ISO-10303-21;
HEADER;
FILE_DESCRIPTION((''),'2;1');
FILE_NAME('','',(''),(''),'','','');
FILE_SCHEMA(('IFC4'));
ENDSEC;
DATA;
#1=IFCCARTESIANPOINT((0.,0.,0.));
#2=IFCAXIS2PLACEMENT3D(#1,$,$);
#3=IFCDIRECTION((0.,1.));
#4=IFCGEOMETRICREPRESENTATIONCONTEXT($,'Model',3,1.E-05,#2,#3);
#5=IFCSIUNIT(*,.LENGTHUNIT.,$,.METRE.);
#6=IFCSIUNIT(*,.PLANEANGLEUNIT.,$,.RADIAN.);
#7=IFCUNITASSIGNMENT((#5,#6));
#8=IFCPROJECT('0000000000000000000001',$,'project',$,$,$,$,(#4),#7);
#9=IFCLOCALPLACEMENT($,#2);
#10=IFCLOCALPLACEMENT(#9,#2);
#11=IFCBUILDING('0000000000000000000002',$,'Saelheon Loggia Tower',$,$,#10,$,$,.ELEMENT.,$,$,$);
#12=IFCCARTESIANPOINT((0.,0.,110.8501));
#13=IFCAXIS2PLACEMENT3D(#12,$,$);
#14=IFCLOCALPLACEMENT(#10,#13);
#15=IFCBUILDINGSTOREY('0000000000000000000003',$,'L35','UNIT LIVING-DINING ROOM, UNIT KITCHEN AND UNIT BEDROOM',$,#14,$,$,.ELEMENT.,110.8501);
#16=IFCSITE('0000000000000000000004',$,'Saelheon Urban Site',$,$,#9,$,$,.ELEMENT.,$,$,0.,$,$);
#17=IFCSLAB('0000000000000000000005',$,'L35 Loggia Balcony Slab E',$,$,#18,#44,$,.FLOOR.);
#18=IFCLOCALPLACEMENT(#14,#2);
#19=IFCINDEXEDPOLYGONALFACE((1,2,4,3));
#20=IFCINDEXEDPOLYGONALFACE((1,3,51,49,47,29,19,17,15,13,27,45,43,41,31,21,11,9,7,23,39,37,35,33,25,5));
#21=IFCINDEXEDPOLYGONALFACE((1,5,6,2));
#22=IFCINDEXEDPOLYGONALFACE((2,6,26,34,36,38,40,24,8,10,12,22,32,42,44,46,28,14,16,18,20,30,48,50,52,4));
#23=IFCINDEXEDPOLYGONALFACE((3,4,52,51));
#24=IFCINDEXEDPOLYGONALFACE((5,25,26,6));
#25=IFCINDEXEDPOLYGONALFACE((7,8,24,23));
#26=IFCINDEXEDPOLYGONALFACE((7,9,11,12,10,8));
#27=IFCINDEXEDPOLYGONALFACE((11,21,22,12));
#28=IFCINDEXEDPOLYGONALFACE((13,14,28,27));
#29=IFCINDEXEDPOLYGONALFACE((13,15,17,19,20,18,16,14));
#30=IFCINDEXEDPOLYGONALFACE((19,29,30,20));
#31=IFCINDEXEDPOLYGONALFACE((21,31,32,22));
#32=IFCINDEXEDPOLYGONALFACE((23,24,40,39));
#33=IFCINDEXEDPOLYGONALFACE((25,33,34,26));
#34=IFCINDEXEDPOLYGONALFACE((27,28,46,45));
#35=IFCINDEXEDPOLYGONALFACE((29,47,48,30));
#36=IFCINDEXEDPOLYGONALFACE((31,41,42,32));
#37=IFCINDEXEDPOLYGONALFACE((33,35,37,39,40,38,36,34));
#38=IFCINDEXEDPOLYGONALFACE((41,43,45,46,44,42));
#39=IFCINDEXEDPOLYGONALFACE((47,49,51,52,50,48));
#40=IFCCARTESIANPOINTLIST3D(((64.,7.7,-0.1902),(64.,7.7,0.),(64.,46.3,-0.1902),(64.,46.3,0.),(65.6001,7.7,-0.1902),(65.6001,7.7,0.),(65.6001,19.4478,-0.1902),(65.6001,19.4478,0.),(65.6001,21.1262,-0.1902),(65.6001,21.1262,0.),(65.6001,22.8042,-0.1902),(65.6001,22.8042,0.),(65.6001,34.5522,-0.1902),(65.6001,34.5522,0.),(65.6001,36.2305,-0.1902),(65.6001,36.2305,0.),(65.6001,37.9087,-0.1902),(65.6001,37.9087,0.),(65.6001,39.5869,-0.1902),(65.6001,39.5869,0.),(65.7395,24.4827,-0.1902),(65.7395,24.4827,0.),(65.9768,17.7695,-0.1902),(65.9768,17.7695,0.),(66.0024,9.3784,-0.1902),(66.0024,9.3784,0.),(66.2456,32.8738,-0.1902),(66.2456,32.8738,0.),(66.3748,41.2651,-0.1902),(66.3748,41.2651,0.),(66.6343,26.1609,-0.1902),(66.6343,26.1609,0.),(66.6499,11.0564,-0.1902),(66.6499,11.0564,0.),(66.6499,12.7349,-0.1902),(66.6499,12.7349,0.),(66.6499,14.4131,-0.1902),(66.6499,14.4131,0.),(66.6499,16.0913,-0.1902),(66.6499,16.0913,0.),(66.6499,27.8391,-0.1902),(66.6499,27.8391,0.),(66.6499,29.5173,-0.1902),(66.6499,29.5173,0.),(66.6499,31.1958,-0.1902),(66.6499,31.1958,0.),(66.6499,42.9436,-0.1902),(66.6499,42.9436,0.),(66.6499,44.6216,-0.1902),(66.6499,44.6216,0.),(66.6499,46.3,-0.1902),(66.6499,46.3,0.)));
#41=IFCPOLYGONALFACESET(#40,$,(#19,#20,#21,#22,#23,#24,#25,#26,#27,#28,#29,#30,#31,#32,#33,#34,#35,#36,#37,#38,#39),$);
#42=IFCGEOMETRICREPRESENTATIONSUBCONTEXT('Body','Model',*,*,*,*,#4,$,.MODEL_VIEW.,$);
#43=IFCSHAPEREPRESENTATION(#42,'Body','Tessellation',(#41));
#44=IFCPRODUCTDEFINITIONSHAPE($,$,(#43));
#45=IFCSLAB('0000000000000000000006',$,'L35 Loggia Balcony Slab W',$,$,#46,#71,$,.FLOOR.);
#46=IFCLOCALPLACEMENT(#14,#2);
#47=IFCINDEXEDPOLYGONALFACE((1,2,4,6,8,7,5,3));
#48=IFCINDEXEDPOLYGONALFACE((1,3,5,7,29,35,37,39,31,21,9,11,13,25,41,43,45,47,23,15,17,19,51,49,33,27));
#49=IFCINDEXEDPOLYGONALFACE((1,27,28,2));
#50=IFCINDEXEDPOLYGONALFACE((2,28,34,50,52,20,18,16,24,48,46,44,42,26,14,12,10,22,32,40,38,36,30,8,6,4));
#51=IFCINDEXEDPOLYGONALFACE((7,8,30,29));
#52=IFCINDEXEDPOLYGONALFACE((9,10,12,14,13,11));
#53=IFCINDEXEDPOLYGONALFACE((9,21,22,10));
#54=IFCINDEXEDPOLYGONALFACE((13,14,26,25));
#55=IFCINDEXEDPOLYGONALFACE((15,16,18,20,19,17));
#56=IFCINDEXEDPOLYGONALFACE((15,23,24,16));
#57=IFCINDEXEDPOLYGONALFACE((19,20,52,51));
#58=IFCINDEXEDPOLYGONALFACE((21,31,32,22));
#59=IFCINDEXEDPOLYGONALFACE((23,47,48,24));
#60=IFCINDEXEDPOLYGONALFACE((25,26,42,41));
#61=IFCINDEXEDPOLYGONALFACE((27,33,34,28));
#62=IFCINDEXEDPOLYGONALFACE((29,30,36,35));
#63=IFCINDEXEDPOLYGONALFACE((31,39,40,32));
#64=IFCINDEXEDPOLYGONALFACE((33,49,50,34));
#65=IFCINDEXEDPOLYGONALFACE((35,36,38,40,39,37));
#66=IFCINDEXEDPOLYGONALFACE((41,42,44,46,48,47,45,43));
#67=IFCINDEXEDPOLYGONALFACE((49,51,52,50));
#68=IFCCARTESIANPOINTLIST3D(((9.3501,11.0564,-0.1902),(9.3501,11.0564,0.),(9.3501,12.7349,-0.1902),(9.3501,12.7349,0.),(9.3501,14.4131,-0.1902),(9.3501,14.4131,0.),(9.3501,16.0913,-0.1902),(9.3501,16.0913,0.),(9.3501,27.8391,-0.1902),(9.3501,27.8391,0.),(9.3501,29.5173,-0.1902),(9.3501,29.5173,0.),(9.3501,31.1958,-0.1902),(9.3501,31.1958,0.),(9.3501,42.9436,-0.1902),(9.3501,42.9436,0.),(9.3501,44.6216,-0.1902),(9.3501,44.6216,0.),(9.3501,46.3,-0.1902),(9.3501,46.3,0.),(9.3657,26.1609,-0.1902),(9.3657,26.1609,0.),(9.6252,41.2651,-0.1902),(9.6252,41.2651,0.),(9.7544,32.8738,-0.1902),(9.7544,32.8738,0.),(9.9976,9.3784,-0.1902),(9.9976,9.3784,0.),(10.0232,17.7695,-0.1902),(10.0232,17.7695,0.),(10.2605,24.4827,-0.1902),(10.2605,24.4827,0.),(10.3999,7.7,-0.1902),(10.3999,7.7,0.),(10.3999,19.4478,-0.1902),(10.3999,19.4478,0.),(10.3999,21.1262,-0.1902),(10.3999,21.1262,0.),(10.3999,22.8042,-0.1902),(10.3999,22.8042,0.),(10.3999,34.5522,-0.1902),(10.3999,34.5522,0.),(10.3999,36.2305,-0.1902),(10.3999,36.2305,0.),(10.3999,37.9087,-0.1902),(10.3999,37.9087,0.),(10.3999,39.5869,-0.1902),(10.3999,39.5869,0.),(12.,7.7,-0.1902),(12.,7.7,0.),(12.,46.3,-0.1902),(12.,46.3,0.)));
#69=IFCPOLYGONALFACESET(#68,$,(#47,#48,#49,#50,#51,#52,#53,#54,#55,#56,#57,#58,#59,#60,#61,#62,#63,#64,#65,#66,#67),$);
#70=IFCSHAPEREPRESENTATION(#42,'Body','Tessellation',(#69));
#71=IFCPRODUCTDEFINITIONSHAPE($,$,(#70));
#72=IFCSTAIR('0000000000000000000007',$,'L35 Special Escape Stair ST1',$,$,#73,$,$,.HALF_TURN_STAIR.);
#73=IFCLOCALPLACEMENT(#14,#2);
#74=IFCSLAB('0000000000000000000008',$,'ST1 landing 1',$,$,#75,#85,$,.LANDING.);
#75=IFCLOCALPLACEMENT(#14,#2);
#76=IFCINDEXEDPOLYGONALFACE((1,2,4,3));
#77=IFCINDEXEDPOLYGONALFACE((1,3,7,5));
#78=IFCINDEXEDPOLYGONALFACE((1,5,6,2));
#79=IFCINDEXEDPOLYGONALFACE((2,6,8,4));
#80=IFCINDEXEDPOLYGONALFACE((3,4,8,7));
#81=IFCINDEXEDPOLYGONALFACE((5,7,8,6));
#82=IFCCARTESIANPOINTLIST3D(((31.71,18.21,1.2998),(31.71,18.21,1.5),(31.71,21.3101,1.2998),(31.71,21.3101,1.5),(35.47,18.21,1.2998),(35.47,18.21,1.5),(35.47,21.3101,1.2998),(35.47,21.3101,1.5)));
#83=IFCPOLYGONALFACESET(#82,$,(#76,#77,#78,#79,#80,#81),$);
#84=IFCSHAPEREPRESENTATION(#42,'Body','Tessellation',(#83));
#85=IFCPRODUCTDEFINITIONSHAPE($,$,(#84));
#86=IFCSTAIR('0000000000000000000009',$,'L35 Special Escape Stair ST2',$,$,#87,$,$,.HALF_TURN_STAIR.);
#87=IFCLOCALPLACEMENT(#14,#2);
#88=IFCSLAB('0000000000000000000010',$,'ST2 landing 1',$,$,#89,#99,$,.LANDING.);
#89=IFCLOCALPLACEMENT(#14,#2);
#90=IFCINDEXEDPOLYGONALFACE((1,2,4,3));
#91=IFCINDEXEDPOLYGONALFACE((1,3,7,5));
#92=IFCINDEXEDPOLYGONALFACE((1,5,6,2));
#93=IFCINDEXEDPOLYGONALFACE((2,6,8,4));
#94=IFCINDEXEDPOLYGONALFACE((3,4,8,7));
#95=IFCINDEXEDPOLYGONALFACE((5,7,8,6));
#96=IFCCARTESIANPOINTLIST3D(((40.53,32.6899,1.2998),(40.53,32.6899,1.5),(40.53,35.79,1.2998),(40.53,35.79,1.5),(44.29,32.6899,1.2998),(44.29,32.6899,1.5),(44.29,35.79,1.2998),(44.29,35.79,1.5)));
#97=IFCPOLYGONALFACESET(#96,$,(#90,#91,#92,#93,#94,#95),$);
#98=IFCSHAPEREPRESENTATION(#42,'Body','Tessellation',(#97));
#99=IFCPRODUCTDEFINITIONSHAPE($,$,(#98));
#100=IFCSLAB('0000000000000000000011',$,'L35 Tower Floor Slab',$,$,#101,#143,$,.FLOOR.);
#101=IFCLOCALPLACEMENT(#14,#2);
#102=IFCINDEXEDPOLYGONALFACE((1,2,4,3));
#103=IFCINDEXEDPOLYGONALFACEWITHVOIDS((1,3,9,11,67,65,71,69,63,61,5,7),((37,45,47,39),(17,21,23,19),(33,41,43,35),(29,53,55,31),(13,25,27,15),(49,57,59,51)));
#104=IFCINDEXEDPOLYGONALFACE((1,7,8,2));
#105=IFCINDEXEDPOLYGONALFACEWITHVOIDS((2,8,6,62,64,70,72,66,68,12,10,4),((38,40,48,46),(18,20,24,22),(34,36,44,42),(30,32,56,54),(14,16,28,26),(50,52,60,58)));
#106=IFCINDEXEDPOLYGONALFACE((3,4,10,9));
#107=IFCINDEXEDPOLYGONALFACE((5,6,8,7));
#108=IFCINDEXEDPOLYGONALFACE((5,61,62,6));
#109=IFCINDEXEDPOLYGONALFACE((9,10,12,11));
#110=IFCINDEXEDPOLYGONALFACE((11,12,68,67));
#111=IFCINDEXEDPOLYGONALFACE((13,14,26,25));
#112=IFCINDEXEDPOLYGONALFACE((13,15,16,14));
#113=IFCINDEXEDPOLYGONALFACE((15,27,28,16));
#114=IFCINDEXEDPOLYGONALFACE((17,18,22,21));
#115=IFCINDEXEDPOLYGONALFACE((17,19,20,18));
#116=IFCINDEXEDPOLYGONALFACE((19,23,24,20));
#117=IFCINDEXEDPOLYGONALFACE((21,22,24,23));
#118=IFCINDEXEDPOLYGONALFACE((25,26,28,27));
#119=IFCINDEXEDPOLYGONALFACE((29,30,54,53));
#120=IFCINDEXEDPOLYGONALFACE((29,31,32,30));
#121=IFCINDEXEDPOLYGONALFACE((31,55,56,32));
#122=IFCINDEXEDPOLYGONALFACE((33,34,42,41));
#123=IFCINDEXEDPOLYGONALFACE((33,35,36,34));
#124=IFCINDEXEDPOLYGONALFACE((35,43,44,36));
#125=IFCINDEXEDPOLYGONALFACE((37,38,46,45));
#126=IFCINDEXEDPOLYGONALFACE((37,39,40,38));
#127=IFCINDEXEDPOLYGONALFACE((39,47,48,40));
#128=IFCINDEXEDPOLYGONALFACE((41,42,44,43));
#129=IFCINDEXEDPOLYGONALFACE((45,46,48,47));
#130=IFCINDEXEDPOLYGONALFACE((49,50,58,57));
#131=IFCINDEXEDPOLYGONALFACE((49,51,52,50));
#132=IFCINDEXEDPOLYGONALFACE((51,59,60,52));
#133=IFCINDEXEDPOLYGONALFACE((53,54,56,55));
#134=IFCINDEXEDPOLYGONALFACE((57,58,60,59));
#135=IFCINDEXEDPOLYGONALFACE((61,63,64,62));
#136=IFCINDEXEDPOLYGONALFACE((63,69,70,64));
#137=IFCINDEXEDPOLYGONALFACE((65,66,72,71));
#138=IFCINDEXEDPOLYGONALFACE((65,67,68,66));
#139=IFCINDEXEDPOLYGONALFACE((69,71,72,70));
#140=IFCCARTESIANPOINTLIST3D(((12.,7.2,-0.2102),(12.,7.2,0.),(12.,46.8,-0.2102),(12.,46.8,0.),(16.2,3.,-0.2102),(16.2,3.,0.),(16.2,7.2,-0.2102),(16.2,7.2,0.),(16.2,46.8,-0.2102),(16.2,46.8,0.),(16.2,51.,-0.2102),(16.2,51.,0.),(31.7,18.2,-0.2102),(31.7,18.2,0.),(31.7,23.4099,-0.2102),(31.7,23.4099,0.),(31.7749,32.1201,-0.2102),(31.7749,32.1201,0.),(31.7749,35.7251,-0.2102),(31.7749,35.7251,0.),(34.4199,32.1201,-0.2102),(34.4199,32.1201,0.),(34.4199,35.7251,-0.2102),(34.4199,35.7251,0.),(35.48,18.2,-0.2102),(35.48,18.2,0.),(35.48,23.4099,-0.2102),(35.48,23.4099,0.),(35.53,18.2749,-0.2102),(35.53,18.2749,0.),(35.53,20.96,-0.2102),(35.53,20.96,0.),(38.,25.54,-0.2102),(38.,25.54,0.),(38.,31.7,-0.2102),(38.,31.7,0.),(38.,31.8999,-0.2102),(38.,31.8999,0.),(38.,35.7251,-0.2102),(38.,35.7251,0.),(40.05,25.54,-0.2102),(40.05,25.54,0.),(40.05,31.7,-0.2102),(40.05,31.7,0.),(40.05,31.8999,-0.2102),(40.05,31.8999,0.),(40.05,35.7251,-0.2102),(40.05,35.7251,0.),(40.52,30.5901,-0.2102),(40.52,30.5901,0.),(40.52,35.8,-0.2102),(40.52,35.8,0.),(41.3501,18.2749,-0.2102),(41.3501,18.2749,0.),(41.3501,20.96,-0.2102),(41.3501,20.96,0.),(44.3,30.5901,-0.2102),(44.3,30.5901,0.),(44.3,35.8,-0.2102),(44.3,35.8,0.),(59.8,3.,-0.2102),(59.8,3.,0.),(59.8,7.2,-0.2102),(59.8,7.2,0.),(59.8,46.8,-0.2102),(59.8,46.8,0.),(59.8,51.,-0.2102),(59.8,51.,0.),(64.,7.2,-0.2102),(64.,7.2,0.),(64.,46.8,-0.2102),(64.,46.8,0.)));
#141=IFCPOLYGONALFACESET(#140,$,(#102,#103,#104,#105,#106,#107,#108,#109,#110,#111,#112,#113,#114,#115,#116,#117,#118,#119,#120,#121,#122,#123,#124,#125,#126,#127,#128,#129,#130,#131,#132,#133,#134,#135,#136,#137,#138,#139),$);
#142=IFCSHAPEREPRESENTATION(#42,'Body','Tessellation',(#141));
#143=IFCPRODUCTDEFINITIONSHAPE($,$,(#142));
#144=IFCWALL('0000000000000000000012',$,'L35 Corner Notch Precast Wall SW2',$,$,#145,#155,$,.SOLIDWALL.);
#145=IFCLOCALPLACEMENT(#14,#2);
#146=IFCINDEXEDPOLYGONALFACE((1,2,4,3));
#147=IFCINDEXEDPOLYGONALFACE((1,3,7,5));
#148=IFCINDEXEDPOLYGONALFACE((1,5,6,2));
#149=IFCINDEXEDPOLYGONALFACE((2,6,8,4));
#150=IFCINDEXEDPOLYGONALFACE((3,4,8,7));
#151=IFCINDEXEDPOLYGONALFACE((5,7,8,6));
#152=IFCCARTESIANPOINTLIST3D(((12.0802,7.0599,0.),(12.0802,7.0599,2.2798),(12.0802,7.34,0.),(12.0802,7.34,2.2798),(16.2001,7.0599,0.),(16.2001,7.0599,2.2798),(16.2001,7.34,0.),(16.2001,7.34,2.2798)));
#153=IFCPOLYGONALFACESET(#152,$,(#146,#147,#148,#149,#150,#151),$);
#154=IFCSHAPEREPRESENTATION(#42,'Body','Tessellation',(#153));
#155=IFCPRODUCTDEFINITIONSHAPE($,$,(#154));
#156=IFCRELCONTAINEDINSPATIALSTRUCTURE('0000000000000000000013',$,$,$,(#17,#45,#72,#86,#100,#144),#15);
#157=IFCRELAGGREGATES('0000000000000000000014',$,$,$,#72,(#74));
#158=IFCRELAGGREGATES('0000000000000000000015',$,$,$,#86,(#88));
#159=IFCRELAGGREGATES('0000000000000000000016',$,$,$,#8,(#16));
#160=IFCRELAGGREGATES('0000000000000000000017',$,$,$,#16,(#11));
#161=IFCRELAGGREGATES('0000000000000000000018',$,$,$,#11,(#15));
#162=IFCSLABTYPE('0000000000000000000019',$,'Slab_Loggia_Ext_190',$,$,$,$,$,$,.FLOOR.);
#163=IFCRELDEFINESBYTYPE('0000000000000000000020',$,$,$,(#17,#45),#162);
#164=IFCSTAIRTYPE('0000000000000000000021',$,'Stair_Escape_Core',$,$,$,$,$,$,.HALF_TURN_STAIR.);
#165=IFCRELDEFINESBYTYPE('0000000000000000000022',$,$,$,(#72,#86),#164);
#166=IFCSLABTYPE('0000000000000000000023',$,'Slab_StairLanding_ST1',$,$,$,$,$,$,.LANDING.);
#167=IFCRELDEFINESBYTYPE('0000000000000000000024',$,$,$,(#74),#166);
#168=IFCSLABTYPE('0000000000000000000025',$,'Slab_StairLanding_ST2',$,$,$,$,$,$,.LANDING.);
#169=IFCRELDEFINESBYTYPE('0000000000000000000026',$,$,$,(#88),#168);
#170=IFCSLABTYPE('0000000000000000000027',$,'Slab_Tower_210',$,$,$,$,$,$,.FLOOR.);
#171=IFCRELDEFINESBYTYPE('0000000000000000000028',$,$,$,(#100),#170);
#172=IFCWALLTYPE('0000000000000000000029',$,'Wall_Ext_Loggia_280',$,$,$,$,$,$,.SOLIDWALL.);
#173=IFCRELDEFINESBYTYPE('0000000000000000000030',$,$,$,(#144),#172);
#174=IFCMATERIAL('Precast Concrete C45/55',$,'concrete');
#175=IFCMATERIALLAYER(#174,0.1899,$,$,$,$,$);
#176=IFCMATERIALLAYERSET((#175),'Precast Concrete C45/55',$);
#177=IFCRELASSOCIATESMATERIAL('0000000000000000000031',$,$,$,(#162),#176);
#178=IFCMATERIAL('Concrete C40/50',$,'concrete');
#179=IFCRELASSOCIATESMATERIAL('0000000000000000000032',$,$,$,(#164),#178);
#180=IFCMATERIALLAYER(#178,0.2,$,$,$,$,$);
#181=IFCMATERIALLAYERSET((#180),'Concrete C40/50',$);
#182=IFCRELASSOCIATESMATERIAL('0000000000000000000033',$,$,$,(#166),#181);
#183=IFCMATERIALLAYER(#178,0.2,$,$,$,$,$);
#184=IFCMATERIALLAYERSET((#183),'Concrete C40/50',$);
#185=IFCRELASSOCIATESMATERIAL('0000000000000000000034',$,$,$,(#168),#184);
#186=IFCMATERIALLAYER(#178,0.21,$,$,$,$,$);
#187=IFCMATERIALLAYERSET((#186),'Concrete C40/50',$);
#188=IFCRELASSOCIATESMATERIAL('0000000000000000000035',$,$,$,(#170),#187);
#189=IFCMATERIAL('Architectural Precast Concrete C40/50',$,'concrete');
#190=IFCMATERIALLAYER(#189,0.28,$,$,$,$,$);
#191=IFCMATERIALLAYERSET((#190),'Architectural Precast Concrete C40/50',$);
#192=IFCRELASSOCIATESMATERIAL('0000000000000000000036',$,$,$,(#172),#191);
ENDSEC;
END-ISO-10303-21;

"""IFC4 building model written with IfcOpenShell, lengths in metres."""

from ifc_helpers import new_model, si_unit, direction, frame, frame_2d, origin, place, context, subcontext, project, spatial, polyline, rectangle, outline, extrude, material, layer, layer_set, type_object, element, aggregate, save


model = new_model("IFC4")

# Units and contexts
model_context = context("Model", 3, precision=1e-05, world=origin(), true_north=direction((0.0, 1.0)))
body_context = subcontext(model_context, "Body", "Model", "MODEL_VIEW")
ifc_project = project(units=[si_unit("LENGTHUNIT", "METRE"), si_unit("PLANEANGLEUNIT", "RADIAN")], contexts=[model_context])

# Site, building, storey
site_placement = place(None, origin())
site = spatial("IfcSite", under=ifc_project, at=site_placement, Name="Saelheon Urban Site", CompositionType="ELEMENT", RefElevation=0.0)
building_placement = place(site_placement, origin())
building = spatial("IfcBuilding", under=site, at=building_placement, Name="Saelheon Loggia Tower", CompositionType="ELEMENT")
storey_placement = place(building_placement, frame((0.0, 0.0, 110.8501)))
storey = spatial("IfcBuildingStorey", under=building, at=storey_placement, Name="L35", Description="UNIT LIVING-DINING ROOM, UNIT KITCHEN AND UNIT BEDROOM", CompositionType="ELEMENT", Elevation=110.8501)

# Shared definitions
ifc_material_1 = material(Name="Precast Concrete C45/55", Category="concrete")

# Shared definitions
ifc_material_2 = material(Name="Concrete C40/50", Category="concrete")

# Slabs
ifc_layer_1 = layer(ifc_material_1, 0.1899)
ifc_layer_set_1 = layer_set([ifc_layer_1], Name="Precast Concrete C45/55")
slab_type_1 = type_object("IfcSlabType", Name="Slab_Loggia_Ext_190", PredefinedType="FLOOR", material=ifc_layer_set_1)
slab_1_placement = place(storey_placement, frame((0.0, 0.0, -0.1902)))
element("IfcSlab", 1, at=slab_1_placement, inside=storey, type_object=slab_type_1, Name="L35 Loggia Balcony Slab E", PredefinedType="FLOOR", context=body_context, shape_type="SweptSolid", body=[
    extrude(outline(polyline([(64.0, 7.7), (65.6001, 7.7), (66.0024, 9.3784), (66.6499, 11.0564), (66.6499, 12.7349), (66.6499, 14.4131), (66.6499, 16.0913), (65.9768, 17.7695), (65.6001, 19.4478), (65.6001, 21.1262), (65.6001, 22.8042), (65.7395, 24.4827), (66.6343, 26.1609), (66.6499, 27.8391), (66.6499, 29.5173), (66.6499, 31.1958), (66.2456, 32.8738), (65.6001, 34.5522), (65.6001, 36.2305), (65.6001, 37.9087), (65.6001, 39.5869), (66.3748, 41.2651), (66.6499, 42.9436), (66.6499, 44.6216), (66.6499, 46.3), (64.0, 46.3), (64.0, 7.7)])), origin(), (0.0, 0.0, 1.0), 0.1902),
])
slab_2_placement = place(storey_placement, frame((0.0, 0.0, -0.1902)))
element("IfcSlab", 2, at=slab_2_placement, inside=storey, type_object=slab_type_1, Name="L35 Loggia Balcony Slab W", PredefinedType="FLOOR", context=body_context, shape_type="SweptSolid", body=[
    extrude(outline(polyline([(12.0, 7.7), (12.0, 46.3), (9.3501, 46.3), (9.3501, 44.6216), (9.3501, 42.9436), (9.6252, 41.2651), (10.3999, 39.5869), (10.3999, 37.9087), (10.3999, 36.2305), (10.3999, 34.5522), (9.7544, 32.8738), (9.3501, 31.1958), (9.3501, 29.5173), (9.3501, 27.8391), (9.3657, 26.1609), (10.2605, 24.4827), (10.3999, 22.8042), (10.3999, 21.1262), (10.3999, 19.4478), (10.0232, 17.7695), (9.3501, 16.0913), (9.3501, 14.4131), (9.3501, 12.7349), (9.3501, 11.0564), (9.9976, 9.3784), (10.3999, 7.7), (12.0, 7.7)])), origin(), (0.0, 0.0, 1.0), 0.1902),
])

# Stairs, slabs
stair_type = type_object("IfcStairType", Name="Stair_Escape_Core", PredefinedType="HALF_TURN_STAIR", material=ifc_material_2)
stair_1_placement = place(storey_placement, origin())
stair_1 = element("IfcStair", 3, at=stair_1_placement, inside=storey, type_object=stair_type, Name="L35 Special Escape Stair ST1", PredefinedType="HALF_TURN_STAIR")
ifc_layer_2 = layer(ifc_material_2, 0.2)
ifc_layer_set_2 = layer_set([ifc_layer_2], Name="Concrete C40/50")
slab_type_2 = type_object("IfcSlabType", Name="Slab_StairLanding_ST1", PredefinedType="LANDING", material=ifc_layer_set_2)
slab_3_placement = place(storey_placement, frame((0.0, 0.0, 1.2998)))
slab_3 = element("IfcSlab", 4, at=slab_3_placement, type_object=slab_type_2, Name="ST1 landing 1", PredefinedType="LANDING", context=body_context, shape_type="SweptSolid", body=[
    extrude(outline(polyline([(31.71, 21.3101), (31.71, 18.21), (35.47, 18.21), (35.47, 21.3101), (31.71, 21.3101)])), origin(), (0.0, 0.0, 1.0), 0.2002),
])
aggregate(stair_1, [slab_3])
stair_2_placement = place(storey_placement, origin())
stair_2 = element("IfcStair", 5, at=stair_2_placement, inside=storey, type_object=stair_type, Name="L35 Special Escape Stair ST2", PredefinedType="HALF_TURN_STAIR")
ifc_layer_3 = layer(ifc_material_2, 0.2)
ifc_layer_set_3 = layer_set([ifc_layer_3], Name="Concrete C40/50")
slab_type_3 = type_object("IfcSlabType", Name="Slab_StairLanding_ST2", PredefinedType="LANDING", material=ifc_layer_set_3)
slab_4_placement = place(storey_placement, frame((0.0, 0.0, 1.2998)))
slab_4 = element("IfcSlab", 6, at=slab_4_placement, type_object=slab_type_3, Name="ST2 landing 1", PredefinedType="LANDING", context=body_context, shape_type="SweptSolid", body=[
    extrude(outline(polyline([(44.29, 32.6899), (44.29, 35.79), (40.53, 35.79), (40.53, 32.6899), (44.29, 32.6899)])), origin(), (0.0, 0.0, 1.0), 0.2002),
])
aggregate(stair_2, [slab_4])

# Slab
ifc_layer_4 = layer(ifc_material_2, 0.21)
ifc_layer_set_4 = layer_set([ifc_layer_4], Name="Concrete C40/50")
slab_type_4 = type_object("IfcSlabType", Name="Slab_Tower_210", PredefinedType="FLOOR", material=ifc_layer_set_4)
slab_5_placement = place(storey_placement, frame((0.0, 0.0, -0.2102)))
element("IfcSlab", 7, at=slab_5_placement, inside=storey, type_object=slab_type_4, Name="L35 Tower Floor Slab", PredefinedType="FLOOR", context=body_context, shape_type="SweptSolid", body=[
    extrude(outline(polyline([(16.2, 3.0), (59.8, 3.0), (59.8, 7.2), (64.0, 7.2), (64.0, 46.8), (59.8, 46.8), (59.8, 51.0), (16.2, 51.0), (16.2, 46.8), (12.0, 46.8), (12.0, 7.2), (16.2, 7.2), (16.2, 3.0)]), holes=[polyline([(31.7, 23.4099), (31.7, 18.2), (35.48, 18.2), (35.48, 23.4099), (31.7, 23.4099)]), polyline([(44.3, 30.5901), (44.3, 35.8), (40.52, 35.8), (40.52, 30.5901), (44.3, 30.5901)]), polyline([(35.53, 18.2749), (41.3501, 18.2749), (41.3501, 20.96), (35.53, 20.96), (35.53, 18.2749)]), polyline([(31.7749, 32.1201), (34.4199, 32.1201), (34.4199, 35.7251), (31.7749, 35.7251), (31.7749, 32.1201)]), polyline([(38.0, 31.8999), (40.05, 31.8999), (40.05, 35.7251), (38.0, 35.7251), (38.0, 31.8999)]), polyline([(38.0, 25.54), (40.05, 25.54), (40.05, 31.7), (38.0, 31.7), (38.0, 25.54)])]), origin(), (0.0, 0.0, 1.0), 0.2102),
])

# Shared definitions
ifc_material_3 = material(Name="Architectural Precast Concrete C40/50", Category="concrete")
ifc_layer_5 = layer(ifc_material_3, 0.28)
ifc_layer_set_5 = layer_set([ifc_layer_5], Name="Architectural Precast Concrete C40/50")
wall_type = type_object("IfcWallType", Name="Wall_Ext_Loggia_280", PredefinedType="SOLIDWALL", material=ifc_layer_set_5)

# Wall
wall_1_placement = place(storey_placement, frame((12.0801, 7.2, 0.0), z_axis=(0.0, 0.0, 1.0), x_axis=(1.0, 0.0, 0.0)))
element("IfcWall", 8, at=wall_1_placement, inside=storey, type_object=wall_type, Name="L35 Corner Notch Precast Wall SW2", PredefinedType="SOLIDWALL", context=body_context, shape_type="SweptSolid", body=[
    extrude(rectangle(XDim=4.1199, YDim=0.28, at=frame_2d((2.0601, 0.0))), origin(), (0.0, 0.0, 1.0), 2.2798),
])

save(model, "model.ifc")
